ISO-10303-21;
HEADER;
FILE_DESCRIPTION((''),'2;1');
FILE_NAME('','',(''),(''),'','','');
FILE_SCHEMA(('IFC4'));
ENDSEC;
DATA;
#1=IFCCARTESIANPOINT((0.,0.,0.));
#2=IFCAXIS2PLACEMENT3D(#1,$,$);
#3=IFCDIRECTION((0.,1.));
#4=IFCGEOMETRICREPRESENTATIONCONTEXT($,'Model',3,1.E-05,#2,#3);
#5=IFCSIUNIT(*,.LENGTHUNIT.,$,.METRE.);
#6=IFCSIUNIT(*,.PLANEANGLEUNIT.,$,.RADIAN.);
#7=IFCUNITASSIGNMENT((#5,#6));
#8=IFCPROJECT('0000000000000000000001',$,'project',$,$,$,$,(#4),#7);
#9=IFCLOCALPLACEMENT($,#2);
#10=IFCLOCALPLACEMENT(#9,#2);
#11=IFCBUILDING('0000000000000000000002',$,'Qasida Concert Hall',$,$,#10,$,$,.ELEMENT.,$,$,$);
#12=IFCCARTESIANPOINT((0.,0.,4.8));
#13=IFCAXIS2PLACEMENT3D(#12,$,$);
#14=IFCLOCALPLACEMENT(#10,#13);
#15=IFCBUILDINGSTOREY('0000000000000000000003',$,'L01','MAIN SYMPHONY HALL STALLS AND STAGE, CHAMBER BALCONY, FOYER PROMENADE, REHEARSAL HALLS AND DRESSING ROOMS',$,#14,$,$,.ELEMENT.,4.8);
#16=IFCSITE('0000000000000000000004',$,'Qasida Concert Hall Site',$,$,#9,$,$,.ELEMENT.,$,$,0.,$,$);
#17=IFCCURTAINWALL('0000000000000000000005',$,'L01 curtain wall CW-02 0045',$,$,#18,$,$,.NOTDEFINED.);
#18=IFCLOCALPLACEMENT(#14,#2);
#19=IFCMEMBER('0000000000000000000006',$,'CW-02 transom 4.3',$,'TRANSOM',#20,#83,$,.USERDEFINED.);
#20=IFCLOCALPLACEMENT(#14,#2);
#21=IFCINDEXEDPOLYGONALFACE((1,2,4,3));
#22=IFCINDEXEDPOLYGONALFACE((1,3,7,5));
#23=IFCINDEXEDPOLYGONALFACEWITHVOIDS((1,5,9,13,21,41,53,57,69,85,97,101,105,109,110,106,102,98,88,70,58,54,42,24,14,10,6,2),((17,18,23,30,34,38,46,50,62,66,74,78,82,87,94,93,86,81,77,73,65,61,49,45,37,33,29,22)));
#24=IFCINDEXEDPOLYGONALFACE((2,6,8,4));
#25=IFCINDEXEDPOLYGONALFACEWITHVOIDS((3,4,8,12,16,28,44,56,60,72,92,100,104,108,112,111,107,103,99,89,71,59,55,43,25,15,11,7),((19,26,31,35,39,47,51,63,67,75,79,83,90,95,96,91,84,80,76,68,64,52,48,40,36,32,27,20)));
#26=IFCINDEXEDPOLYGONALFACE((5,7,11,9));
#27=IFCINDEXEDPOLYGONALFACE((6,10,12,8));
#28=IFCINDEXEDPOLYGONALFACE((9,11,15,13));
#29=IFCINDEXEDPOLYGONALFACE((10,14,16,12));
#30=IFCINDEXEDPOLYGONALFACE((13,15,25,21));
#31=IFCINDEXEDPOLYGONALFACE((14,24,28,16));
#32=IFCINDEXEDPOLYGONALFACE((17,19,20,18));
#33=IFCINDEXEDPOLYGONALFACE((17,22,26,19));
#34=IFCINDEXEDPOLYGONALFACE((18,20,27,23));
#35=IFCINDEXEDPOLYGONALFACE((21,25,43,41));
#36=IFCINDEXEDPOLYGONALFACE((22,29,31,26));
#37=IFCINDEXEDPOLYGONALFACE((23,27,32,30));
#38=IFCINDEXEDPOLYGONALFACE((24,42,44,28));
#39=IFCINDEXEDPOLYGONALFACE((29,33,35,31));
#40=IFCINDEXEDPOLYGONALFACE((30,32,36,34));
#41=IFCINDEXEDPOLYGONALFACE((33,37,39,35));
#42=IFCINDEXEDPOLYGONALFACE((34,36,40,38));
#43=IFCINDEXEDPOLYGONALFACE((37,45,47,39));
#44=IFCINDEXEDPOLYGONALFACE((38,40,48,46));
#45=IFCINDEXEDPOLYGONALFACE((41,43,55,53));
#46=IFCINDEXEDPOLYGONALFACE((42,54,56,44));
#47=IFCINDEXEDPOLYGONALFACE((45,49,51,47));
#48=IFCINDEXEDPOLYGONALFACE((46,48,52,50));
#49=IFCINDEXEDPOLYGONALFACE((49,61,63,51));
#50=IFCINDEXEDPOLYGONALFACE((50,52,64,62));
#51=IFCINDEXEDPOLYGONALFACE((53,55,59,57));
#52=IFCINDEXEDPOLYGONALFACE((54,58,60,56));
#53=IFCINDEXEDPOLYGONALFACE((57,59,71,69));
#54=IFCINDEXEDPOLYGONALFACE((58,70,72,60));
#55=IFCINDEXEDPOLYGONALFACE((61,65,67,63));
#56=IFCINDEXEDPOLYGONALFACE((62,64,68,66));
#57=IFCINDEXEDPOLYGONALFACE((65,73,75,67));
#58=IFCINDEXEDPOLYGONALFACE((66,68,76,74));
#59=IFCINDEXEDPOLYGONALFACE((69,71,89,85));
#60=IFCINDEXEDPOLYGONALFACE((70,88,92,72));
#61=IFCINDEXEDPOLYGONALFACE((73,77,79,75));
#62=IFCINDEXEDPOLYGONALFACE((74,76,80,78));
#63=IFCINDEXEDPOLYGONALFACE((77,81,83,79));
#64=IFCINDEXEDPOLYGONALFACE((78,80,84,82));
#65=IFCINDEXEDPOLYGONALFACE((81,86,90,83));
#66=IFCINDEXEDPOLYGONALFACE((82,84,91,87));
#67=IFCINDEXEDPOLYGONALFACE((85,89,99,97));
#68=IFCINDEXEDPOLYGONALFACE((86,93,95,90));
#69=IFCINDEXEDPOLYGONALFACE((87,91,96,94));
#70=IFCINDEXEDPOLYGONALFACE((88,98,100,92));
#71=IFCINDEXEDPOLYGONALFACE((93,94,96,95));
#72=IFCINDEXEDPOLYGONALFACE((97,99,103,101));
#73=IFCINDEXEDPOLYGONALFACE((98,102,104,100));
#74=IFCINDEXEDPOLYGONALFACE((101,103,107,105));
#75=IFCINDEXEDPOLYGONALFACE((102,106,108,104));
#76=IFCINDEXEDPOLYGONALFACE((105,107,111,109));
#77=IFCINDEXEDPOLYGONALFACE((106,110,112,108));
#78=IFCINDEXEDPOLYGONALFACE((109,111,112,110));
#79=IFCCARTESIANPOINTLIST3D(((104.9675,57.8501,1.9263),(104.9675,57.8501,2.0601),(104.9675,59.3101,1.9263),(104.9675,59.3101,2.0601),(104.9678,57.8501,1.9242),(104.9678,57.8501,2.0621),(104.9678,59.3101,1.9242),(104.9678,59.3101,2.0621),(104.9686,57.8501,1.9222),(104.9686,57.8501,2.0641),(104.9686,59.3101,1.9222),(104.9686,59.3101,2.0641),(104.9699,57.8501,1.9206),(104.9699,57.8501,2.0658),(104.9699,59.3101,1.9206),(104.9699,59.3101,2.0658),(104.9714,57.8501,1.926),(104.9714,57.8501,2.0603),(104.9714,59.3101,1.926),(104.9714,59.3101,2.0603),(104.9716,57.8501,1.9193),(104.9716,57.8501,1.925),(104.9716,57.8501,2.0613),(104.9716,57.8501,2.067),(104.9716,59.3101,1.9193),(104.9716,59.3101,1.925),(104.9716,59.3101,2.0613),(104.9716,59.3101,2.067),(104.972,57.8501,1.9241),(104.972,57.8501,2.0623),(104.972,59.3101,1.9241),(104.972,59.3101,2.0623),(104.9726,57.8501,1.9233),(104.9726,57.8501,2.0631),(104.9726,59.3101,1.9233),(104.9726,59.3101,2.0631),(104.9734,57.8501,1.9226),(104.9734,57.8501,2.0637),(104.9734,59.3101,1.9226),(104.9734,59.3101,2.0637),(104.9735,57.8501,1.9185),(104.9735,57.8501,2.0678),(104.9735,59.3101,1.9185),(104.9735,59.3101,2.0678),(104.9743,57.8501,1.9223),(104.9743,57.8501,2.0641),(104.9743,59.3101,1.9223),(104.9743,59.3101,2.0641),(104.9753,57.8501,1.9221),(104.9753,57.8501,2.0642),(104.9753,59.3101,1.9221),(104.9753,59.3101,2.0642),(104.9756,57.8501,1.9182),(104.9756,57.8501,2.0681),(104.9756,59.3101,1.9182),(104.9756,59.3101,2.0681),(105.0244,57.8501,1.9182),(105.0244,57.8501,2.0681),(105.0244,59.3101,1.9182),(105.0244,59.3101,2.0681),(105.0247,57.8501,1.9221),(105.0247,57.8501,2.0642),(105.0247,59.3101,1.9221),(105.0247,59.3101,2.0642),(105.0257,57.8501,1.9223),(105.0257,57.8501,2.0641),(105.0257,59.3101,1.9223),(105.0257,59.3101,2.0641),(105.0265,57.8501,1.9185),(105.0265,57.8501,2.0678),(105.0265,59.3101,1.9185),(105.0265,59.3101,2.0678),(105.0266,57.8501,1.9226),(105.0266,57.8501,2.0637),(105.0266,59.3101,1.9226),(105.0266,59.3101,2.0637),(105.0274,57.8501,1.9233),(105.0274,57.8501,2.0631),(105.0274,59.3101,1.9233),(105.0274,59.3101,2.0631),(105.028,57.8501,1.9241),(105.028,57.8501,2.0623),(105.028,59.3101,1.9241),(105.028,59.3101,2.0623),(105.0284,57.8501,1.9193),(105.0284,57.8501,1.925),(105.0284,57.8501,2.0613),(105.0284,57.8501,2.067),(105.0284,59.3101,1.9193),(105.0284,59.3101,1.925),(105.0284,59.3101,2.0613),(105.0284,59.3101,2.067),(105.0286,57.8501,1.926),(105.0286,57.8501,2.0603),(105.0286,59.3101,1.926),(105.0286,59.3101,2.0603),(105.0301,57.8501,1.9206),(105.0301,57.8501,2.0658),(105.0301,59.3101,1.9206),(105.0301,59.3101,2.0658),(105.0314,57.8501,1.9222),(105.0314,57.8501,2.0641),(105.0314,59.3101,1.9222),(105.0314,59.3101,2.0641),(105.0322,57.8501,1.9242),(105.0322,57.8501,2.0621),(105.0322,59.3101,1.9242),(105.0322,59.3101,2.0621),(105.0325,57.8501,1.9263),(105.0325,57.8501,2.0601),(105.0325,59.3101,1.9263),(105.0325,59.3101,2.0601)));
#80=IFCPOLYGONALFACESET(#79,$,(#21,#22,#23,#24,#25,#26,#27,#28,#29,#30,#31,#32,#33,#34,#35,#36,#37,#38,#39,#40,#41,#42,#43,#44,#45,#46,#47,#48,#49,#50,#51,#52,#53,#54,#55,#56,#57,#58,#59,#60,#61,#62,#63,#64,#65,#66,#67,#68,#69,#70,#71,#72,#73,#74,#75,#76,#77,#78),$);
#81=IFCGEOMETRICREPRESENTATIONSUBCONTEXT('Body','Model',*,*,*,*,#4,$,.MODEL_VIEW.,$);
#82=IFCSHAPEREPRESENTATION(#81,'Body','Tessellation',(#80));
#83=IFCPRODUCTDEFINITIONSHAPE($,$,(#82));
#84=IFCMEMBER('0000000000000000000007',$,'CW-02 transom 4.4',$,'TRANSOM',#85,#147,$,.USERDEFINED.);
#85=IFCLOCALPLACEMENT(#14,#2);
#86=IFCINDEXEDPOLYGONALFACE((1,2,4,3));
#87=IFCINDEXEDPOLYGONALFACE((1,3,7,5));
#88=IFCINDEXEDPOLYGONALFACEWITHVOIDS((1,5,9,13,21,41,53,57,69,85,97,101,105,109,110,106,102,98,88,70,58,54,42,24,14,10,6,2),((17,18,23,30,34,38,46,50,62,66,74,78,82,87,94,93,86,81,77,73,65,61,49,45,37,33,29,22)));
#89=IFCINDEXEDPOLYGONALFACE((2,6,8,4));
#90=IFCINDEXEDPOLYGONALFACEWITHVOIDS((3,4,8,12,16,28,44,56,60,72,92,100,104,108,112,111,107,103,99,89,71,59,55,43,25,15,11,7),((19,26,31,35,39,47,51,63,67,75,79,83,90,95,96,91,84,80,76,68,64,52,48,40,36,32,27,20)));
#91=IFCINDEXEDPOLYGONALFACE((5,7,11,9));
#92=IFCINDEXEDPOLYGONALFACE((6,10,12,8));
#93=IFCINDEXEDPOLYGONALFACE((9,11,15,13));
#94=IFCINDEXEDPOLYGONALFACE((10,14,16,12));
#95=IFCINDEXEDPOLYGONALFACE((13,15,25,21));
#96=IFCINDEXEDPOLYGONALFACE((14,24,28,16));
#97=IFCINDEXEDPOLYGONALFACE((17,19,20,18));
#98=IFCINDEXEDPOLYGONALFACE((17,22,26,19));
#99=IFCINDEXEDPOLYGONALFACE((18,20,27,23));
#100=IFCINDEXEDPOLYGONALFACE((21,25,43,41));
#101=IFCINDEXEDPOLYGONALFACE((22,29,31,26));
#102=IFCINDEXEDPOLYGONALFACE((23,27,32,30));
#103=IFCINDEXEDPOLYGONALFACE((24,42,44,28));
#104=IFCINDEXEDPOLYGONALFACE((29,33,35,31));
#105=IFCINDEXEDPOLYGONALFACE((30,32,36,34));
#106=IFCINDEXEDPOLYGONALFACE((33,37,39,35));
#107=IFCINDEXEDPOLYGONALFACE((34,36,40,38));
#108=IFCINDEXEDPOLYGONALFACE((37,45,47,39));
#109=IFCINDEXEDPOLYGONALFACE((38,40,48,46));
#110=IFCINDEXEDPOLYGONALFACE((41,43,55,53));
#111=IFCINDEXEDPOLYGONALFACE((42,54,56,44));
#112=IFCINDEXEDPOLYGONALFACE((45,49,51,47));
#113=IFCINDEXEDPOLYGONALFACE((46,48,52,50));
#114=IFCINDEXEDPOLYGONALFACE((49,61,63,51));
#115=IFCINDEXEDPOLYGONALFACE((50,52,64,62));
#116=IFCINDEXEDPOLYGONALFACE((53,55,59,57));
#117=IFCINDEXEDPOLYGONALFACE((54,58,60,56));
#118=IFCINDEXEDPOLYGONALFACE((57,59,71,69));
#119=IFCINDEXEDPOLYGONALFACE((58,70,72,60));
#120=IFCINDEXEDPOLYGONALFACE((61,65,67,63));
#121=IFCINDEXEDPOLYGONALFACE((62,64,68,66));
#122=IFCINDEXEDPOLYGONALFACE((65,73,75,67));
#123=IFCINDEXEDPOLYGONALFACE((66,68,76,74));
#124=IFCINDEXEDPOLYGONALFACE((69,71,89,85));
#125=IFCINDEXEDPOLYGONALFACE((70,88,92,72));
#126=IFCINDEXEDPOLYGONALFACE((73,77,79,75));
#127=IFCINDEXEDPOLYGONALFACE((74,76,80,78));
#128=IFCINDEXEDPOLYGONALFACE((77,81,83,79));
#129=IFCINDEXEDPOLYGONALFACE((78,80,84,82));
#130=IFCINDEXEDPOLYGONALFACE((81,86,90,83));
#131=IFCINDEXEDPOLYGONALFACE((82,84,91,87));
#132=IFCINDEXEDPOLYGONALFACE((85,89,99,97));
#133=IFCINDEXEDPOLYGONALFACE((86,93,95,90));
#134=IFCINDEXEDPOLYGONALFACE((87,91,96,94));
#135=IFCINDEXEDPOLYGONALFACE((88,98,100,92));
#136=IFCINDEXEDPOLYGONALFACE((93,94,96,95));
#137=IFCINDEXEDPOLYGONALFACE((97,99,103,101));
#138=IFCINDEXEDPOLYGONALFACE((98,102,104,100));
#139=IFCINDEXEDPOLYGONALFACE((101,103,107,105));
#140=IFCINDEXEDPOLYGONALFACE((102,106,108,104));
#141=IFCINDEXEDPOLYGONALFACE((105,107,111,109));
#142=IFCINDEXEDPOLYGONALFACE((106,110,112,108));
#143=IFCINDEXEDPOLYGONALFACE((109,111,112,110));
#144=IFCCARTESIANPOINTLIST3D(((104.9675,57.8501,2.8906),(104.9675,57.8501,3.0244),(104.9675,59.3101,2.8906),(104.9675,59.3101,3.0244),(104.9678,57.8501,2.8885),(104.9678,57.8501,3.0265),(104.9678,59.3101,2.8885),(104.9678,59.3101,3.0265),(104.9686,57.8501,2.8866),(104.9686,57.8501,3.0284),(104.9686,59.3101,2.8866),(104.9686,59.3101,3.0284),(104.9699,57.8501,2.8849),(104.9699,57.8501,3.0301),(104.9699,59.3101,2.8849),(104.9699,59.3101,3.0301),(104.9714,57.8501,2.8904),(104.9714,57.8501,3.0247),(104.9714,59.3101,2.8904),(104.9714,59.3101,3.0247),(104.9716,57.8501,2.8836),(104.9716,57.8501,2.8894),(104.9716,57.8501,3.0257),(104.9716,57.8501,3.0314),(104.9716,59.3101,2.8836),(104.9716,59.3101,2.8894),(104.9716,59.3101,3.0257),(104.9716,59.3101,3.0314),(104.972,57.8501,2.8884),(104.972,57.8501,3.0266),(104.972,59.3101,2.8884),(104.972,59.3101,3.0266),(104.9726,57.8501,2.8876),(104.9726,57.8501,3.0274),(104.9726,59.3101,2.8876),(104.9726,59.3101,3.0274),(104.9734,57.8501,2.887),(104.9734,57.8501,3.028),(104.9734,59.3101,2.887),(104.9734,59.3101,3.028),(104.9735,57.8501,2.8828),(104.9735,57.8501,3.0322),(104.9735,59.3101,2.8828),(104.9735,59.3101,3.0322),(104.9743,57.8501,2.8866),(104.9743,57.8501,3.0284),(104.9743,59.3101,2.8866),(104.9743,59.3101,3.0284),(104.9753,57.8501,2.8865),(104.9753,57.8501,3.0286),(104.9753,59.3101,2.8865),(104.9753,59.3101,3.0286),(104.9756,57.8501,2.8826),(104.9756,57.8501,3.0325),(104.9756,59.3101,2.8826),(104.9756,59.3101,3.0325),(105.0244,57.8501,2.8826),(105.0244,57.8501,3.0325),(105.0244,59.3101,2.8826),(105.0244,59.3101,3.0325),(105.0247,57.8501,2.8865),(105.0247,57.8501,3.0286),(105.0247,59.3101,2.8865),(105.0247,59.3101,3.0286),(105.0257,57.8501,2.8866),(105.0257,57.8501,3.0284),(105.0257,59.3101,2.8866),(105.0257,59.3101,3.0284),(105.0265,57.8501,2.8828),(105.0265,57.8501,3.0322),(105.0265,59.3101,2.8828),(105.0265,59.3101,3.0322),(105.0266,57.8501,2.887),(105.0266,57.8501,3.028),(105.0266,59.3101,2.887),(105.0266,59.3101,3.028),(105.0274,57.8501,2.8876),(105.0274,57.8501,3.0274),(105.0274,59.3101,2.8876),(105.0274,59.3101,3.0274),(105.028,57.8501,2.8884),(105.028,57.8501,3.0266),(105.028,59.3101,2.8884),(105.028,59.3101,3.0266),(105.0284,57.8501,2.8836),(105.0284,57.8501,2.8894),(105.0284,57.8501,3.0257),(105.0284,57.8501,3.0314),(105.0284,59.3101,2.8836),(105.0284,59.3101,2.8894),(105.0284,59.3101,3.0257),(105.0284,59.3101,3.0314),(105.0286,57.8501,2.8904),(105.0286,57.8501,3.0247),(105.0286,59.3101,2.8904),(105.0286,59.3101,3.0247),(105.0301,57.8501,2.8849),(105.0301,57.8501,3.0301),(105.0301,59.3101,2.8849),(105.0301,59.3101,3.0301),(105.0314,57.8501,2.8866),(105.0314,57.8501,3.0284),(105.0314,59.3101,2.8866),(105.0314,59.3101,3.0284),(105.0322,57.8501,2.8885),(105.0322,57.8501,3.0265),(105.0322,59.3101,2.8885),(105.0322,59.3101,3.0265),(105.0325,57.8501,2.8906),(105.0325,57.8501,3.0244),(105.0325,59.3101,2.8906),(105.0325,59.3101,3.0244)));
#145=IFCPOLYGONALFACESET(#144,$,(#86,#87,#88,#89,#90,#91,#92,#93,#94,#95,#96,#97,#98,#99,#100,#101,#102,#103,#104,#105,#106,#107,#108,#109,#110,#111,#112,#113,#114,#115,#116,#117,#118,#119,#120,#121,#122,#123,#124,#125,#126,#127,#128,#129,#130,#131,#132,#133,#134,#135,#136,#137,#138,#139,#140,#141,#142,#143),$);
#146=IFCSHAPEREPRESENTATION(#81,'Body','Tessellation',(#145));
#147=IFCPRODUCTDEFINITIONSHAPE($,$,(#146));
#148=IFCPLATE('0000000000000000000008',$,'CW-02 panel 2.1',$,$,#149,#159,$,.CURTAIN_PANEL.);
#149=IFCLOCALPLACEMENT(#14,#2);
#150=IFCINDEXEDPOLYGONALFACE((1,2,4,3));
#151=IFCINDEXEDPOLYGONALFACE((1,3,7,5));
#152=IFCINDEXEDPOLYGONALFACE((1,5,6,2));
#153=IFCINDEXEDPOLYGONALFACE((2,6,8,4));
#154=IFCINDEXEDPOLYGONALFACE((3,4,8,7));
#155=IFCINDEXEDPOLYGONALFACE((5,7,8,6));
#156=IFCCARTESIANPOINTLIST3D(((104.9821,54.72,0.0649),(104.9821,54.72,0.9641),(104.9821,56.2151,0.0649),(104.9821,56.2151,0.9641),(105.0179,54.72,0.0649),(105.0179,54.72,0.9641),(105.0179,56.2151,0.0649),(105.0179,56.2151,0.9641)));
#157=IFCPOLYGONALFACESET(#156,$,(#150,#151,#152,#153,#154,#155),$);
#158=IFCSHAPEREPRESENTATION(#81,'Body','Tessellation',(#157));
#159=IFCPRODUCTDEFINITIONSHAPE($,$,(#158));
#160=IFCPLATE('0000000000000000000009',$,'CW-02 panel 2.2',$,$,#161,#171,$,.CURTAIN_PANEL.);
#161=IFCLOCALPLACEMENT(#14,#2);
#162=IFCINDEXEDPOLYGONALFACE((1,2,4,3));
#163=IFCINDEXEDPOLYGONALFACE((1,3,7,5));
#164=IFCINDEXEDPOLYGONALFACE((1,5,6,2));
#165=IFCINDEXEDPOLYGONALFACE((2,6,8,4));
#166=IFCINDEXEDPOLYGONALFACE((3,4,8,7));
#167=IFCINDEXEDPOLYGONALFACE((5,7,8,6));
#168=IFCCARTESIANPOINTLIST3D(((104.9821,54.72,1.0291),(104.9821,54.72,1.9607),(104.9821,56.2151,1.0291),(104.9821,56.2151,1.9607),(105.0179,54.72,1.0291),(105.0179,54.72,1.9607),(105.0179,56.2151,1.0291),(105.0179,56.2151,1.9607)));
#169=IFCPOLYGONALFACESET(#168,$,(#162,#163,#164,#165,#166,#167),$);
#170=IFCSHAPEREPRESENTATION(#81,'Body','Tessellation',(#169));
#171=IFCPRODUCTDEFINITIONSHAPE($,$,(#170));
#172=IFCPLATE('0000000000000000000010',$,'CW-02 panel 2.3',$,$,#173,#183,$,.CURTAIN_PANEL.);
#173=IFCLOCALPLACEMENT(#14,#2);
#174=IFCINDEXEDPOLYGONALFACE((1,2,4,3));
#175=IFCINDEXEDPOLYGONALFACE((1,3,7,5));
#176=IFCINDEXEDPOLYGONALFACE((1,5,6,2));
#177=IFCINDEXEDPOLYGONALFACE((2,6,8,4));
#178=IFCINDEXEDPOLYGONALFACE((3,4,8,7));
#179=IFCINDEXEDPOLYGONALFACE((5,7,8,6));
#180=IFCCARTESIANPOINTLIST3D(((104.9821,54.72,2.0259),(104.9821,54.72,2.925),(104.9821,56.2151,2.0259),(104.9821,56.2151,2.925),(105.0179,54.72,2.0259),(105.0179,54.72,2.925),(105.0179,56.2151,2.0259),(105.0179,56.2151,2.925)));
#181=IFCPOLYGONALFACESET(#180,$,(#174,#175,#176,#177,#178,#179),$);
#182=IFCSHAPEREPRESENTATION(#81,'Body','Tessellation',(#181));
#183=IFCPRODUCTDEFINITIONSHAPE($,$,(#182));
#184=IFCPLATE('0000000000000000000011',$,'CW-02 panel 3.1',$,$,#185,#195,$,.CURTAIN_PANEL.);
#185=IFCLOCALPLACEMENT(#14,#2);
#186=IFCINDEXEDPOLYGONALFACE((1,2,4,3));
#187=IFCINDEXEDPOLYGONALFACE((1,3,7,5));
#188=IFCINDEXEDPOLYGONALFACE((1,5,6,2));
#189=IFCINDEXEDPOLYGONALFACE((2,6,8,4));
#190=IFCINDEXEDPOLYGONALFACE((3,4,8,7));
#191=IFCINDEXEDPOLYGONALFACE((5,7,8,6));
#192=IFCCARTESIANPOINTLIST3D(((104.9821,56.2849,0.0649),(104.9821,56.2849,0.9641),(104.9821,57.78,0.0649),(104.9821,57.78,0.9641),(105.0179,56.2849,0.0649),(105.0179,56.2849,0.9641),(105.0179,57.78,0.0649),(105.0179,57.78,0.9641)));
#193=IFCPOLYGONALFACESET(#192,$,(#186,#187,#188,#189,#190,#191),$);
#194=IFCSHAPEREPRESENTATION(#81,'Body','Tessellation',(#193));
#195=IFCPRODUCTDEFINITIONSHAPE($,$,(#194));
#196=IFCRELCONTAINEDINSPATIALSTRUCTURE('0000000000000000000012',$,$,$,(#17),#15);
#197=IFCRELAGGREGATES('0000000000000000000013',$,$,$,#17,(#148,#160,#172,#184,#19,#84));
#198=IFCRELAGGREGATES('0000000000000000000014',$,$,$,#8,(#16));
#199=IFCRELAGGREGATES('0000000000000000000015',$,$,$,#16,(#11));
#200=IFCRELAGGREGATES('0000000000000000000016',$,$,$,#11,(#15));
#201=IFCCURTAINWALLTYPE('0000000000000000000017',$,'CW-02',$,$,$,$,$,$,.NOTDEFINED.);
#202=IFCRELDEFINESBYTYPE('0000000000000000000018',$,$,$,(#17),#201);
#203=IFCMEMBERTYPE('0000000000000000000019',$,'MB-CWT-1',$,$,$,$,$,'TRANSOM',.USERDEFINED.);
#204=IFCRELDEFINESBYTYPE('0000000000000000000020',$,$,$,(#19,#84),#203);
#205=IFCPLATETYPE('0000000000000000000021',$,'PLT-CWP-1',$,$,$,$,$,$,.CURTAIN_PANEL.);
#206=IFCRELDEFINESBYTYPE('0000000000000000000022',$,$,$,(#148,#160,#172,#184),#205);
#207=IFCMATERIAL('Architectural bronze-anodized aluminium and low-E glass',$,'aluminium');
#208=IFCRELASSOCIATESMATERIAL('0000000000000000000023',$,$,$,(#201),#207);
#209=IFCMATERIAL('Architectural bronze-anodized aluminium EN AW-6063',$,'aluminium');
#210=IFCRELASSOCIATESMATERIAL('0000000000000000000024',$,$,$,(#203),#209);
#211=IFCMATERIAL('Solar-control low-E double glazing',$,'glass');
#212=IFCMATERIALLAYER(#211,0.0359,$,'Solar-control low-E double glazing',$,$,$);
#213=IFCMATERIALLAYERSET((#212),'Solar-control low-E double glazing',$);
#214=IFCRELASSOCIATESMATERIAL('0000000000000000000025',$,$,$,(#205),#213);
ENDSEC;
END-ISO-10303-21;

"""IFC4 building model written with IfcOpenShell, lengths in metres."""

from ifc_helpers import new_model, si_unit, direction, frame, origin, origin_2d, place, context, subcontext, project, spatial, rectangle, hollow_rectangle, extrude, material, layer, layer_set, material_profile, profile_set, type_object, element, aggregate, save


model = new_model("IFC4")

# Units and contexts
model_context = context("Model", 3, precision=1e-05, world=origin(), true_north=direction((0.0, 1.0)))
body_context = subcontext(model_context, "Body", "Model", "MODEL_VIEW")
ifc_project = project(units=[si_unit("LENGTHUNIT", "METRE"), si_unit("PLANEANGLEUNIT", "RADIAN")], contexts=[model_context])

# Site, building, storey
site_placement = place(None, origin())
site = spatial("IfcSite", under=ifc_project, at=site_placement, Name="Qasida Concert Hall Site", CompositionType="ELEMENT", RefElevation=0.0)
building_placement = place(site_placement, origin())
building = spatial("IfcBuilding", under=site, at=building_placement, Name="Qasida Concert Hall", CompositionType="ELEMENT")
storey_placement = place(building_placement, frame((0.0, 0.0, 4.8)))
storey = spatial("IfcBuildingStorey", under=building, at=storey_placement, Name="L01", Description="MAIN SYMPHONY HALL STALLS AND STAGE, CHAMBER BALCONY, FOYER PROMENADE, REHEARSAL HALLS AND DRESSING ROOMS", CompositionType="ELEMENT", Elevation=4.8)

# Curtain wall, members, plates
ifc_material_1 = material(Name="Architectural bronze-anodized aluminium and low-E glass", Category="aluminium")
curtain_wall_type = type_object("IfcCurtainWallType", Name="CW-02", PredefinedType="NOTDEFINED", material=ifc_material_1)
curtain_wall_placement = place(storey_placement, origin())
curtain_wall = element("IfcCurtainWall", 1, at=curtain_wall_placement, inside=storey, type_object=curtain_wall_type, Name="L01 curtain wall CW-02 0045", PredefinedType="NOTDEFINED")
ifc_material_2 = material(Name="Architectural bronze-anodized aluminium EN AW-6063", Category="aluminium")
ifc_material_profile_1 = material_profile(ifc_material_2, hollow_rectangle(XDim=0.0649, YDim=0.1499, WallThickness=0.0039, InnerFilletRadius=0.0039, OuterFilletRadius=0.0081, at=origin_2d()), Name="CWT 150x65x4")
ifc_profile_set_1 = profile_set([ifc_material_profile_1], Name="Architectural bronze-anodized aluminium EN AW-6063")
member_type_1 = type_object("IfcMemberType", Name="MB-CWT-1", ElementType="TRANSOM", PredefinedType="USERDEFINED", material=ifc_profile_set_1)
member_1_placement = place(storey_placement, frame((105.0, 57.8501, 1.9932), z_axis=(0.0, 1.0, 0.0), x_axis=(-1.0, 0.0, 0.0)))
member_1 = element("IfcMember", 2, at=member_1_placement, type_object=member_type_1, Name="CW-02 transom 4.3", ObjectType="TRANSOM", PredefinedType="USERDEFINED", context=body_context, shape_type="SweptSolid", body=[
    extrude(hollow_rectangle(XDim=0.0649, YDim=0.1499, WallThickness=0.0039, InnerFilletRadius=0.0039, OuterFilletRadius=0.0081, at=origin_2d()), origin(), (0.0, 0.0, 1.0), 1.46),
])
member_2_placement = place(storey_placement, frame((105.0, 57.8501, 2.9575), z_axis=(0.0, 1.0, 0.0), x_axis=(-1.0, 0.0, 0.0)))
member_2 = element("IfcMember", 3, at=member_2_placement, type_object=member_type_1, Name="CW-02 transom 4.4", ObjectType="TRANSOM", PredefinedType="USERDEFINED", context=body_context, shape_type="SweptSolid", body=[
    extrude(hollow_rectangle(XDim=0.0649, YDim=0.1499, WallThickness=0.0039, InnerFilletRadius=0.0039, OuterFilletRadius=0.0081, at=origin_2d()), origin(), (0.0, 0.0, 1.0), 1.46),
])
ifc_material_3 = material(Name="Solar-control low-E double glazing", Category="glass")
ifc_layer_1 = layer(ifc_material_3, 0.0359, Name="Solar-control low-E double glazing")
ifc_layer_set_1 = layer_set([ifc_layer_1], Name="Solar-control low-E double glazing")
plate_type = type_object("IfcPlateType", Name="PLT-CWP-1", PredefinedType="CURTAIN_PANEL", material=ifc_layer_set_1)
plate_1_placement = place(storey_placement, frame((105.0, 55.4675, 0.0649), z_axis=(0.0, 0.0, 1.0), x_axis=(0.0, 1.0, 0.0)))
plate_1 = element("IfcPlate", 4, at=plate_1_placement, type_object=plate_type, Name="CW-02 panel 2.1", PredefinedType="CURTAIN_PANEL", context=body_context, shape_type="SweptSolid", body=[
    extrude(rectangle(XDim=1.4951, YDim=0.0359, at=origin_2d()), origin(), (0.0, 0.0, 1.0), 0.8992),
])
plate_2_placement = place(storey_placement, frame((105.0, 55.4675, 1.0291), z_axis=(0.0, 0.0, 1.0), x_axis=(0.0, 1.0, 0.0)))
plate_2 = element("IfcPlate", 5, at=plate_2_placement, type_object=plate_type, Name="CW-02 panel 2.2", PredefinedType="CURTAIN_PANEL", context=body_context, shape_type="SweptSolid", body=[
    extrude(rectangle(XDim=1.4951, YDim=0.0359, at=origin_2d()), origin(), (0.0, 0.0, 1.0), 0.9316),
])
plate_3_placement = place(storey_placement, frame((105.0, 55.4675, 2.0259), z_axis=(0.0, 0.0, 1.0), x_axis=(0.0, 1.0, 0.0)))
plate_3 = element("IfcPlate", 6, at=plate_3_placement, type_object=plate_type, Name="CW-02 panel 2.3", PredefinedType="CURTAIN_PANEL", context=body_context, shape_type="SweptSolid", body=[
    extrude(rectangle(XDim=1.4951, YDim=0.0359, at=origin_2d()), origin(), (0.0, 0.0, 1.0), 0.8992),
])
plate_4_placement = place(storey_placement, frame((105.0, 57.0325, 0.0649), z_axis=(0.0, 0.0, 1.0), x_axis=(0.0, 1.0, 0.0)))
plate_4 = element("IfcPlate", 7, at=plate_4_placement, type_object=plate_type, Name="CW-02 panel 3.1", PredefinedType="CURTAIN_PANEL", context=body_context, shape_type="SweptSolid", body=[
    extrude(rectangle(XDim=1.4951, YDim=0.0359, at=origin_2d()), origin(), (0.0, 0.0, 1.0), 0.8992),
])
aggregate(curtain_wall, [plate_1, plate_2, plate_3, plate_4, member_1, member_2])

save(model, "model.ifc")
